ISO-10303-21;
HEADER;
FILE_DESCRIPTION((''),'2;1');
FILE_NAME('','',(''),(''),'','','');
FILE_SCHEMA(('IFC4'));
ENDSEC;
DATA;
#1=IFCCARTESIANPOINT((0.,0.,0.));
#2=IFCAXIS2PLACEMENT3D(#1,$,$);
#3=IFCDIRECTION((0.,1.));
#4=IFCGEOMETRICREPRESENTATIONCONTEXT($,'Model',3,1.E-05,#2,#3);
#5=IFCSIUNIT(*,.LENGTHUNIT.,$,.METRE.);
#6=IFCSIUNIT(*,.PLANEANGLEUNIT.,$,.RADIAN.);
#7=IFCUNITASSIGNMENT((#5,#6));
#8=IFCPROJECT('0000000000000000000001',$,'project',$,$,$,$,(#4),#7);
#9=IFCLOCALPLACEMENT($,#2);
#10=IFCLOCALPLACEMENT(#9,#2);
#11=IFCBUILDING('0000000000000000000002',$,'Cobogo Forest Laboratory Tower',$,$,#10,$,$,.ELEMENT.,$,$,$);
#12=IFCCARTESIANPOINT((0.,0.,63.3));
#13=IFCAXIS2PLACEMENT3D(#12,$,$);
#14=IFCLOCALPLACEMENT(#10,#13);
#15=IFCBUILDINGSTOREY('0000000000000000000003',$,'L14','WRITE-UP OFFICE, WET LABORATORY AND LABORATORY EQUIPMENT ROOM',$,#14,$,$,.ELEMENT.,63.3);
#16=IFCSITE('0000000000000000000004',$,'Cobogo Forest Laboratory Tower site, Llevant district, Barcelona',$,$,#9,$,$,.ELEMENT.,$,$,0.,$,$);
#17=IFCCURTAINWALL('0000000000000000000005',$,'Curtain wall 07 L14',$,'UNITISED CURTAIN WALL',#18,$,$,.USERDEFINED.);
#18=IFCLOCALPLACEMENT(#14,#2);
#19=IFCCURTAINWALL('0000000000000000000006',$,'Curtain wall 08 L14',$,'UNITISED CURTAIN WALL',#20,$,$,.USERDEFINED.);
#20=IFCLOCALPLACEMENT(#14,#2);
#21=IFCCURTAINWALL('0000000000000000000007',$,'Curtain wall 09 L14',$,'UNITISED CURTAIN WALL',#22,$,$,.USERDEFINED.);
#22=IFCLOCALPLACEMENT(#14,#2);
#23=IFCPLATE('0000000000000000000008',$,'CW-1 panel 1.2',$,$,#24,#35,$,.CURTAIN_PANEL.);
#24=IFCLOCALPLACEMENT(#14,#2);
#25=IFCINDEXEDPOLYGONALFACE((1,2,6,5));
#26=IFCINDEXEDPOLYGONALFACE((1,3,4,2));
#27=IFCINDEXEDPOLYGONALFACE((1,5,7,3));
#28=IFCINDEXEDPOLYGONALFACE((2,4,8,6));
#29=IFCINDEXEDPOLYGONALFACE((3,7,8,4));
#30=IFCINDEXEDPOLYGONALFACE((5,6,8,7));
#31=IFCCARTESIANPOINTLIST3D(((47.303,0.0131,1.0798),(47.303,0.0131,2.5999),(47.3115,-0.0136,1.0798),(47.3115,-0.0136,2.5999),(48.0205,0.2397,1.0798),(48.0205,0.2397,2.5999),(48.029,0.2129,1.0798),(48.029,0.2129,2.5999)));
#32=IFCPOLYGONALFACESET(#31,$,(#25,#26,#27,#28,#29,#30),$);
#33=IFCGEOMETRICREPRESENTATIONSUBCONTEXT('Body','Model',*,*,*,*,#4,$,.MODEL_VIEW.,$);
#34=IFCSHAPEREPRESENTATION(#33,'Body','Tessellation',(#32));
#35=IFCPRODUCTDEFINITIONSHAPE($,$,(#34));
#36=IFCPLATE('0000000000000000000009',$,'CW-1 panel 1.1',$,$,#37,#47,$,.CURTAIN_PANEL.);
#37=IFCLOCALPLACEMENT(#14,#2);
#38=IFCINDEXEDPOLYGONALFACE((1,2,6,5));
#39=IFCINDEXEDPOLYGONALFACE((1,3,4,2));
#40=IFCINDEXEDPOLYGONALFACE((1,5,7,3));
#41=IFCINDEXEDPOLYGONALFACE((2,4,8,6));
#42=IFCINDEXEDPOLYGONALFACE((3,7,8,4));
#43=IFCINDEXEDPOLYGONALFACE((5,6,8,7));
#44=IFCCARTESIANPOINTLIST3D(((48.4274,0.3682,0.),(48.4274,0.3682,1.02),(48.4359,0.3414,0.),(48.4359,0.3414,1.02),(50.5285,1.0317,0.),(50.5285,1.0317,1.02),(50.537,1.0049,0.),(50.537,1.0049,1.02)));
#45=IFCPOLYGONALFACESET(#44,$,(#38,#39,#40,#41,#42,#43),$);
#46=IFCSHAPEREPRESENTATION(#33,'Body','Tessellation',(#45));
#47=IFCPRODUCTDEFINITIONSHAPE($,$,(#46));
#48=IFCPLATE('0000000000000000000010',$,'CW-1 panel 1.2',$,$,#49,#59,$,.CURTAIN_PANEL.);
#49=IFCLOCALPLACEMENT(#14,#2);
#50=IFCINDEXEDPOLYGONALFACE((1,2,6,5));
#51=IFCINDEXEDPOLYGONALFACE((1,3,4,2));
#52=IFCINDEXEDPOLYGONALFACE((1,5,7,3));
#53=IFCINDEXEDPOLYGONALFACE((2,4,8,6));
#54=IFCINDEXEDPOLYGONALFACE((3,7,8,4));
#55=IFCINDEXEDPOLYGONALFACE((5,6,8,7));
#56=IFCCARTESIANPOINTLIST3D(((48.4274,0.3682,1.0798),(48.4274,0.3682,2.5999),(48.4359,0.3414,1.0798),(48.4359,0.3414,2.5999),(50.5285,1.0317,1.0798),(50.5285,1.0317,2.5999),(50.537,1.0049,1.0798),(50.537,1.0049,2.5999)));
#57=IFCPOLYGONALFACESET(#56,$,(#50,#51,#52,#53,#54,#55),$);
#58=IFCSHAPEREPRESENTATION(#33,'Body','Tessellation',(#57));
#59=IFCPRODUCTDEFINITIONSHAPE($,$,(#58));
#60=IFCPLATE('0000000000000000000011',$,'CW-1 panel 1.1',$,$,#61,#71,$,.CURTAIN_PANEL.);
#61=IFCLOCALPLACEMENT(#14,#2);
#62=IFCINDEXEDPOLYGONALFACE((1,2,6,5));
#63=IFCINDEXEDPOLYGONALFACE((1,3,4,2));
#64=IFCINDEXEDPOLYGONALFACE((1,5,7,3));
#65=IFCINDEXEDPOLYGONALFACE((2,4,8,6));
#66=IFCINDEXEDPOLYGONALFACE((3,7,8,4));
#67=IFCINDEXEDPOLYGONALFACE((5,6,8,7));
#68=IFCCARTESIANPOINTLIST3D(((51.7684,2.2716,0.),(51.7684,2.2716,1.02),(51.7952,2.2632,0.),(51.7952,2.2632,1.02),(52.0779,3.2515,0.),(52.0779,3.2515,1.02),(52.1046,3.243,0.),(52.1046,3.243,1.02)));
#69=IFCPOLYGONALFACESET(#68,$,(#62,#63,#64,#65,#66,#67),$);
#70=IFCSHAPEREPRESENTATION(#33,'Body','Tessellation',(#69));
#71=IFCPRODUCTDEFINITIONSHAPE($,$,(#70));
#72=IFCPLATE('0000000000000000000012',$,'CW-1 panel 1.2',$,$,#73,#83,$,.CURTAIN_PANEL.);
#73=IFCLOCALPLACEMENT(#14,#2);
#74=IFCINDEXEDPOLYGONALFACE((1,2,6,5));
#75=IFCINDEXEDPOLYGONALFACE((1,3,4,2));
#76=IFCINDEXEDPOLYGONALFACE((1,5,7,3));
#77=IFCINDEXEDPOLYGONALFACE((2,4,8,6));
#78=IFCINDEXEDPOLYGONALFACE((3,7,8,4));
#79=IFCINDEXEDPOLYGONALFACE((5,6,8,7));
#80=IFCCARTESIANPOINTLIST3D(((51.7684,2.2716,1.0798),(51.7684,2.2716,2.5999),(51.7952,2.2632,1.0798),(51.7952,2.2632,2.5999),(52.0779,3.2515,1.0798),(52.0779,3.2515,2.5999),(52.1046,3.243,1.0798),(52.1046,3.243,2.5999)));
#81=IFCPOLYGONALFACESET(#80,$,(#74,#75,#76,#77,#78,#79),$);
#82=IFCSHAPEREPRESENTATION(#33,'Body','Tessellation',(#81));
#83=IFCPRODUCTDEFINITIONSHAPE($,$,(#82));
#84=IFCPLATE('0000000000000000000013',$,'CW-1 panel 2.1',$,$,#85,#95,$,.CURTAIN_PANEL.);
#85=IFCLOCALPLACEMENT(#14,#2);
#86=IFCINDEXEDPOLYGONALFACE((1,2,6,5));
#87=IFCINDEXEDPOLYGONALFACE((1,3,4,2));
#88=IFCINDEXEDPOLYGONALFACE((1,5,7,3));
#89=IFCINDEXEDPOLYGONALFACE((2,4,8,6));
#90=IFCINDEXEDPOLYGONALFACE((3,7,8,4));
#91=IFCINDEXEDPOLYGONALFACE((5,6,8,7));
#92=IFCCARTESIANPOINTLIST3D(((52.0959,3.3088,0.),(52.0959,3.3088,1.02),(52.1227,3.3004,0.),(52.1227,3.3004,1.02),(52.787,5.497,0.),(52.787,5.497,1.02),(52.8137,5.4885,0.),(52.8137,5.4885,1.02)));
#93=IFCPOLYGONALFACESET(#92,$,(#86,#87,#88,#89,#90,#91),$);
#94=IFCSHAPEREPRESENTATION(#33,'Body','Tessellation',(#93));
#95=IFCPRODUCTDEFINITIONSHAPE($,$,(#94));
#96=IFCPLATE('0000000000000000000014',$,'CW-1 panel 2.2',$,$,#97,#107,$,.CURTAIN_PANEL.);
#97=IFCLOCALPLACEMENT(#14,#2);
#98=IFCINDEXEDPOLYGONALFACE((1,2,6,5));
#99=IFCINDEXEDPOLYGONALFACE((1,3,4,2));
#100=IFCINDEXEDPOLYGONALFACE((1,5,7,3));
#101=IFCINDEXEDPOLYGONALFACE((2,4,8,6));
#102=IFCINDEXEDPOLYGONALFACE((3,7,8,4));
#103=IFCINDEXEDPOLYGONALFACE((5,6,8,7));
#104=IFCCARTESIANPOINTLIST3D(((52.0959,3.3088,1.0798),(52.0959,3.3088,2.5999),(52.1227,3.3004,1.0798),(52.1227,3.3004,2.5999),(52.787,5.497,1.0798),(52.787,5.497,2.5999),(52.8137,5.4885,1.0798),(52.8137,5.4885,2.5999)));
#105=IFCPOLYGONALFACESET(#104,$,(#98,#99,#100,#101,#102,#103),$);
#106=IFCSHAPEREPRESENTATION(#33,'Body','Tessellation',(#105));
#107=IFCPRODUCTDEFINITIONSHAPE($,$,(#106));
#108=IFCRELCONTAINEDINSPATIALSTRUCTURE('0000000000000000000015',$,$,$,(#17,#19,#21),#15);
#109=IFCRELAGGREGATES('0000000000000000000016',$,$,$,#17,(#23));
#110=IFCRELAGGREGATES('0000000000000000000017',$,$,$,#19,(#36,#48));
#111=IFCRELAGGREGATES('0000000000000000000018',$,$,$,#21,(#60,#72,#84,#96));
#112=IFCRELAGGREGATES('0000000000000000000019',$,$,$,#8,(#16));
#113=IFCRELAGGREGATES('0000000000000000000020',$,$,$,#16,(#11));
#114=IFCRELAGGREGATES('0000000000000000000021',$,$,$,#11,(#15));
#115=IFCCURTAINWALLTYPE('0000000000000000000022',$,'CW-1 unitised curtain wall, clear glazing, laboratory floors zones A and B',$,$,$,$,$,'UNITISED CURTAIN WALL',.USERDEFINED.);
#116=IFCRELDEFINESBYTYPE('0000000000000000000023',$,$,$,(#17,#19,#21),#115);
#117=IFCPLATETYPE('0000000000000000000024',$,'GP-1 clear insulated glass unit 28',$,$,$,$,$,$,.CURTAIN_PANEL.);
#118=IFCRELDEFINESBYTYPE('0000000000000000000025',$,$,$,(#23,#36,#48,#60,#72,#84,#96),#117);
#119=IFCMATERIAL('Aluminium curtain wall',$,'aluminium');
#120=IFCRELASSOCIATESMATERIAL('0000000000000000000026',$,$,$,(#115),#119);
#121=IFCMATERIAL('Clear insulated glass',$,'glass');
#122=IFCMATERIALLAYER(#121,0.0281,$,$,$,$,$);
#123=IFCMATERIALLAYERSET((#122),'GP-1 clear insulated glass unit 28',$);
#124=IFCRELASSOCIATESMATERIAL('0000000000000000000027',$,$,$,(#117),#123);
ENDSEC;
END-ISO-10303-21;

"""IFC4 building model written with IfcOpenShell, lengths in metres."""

from ifc_helpers import new_model, si_unit, direction, frame, origin, origin_2d, place, context, subcontext, project, spatial, rectangle, extrude, material, layer, layer_set, type_object, element, aggregate, save


model = new_model("IFC4")

# Units and contexts
model_context = context("Model", 3, precision=1e-05, world=origin(), true_north=direction((0.0, 1.0)))
body_context = subcontext(model_context, "Body", "Model", "MODEL_VIEW")
ifc_project = project(units=[si_unit("LENGTHUNIT", "METRE"), si_unit("PLANEANGLEUNIT", "RADIAN")], contexts=[model_context])

# Site, building, storey
site_placement = place(None, origin())
site = spatial("IfcSite", under=ifc_project, at=site_placement, Name="Cobogo Forest Laboratory Tower site, Llevant district, Barcelona", CompositionType="ELEMENT", RefElevation=0.0)
building_placement = place(site_placement, origin())
building = spatial("IfcBuilding", under=site, at=building_placement, Name="Cobogo Forest Laboratory Tower", CompositionType="ELEMENT")
storey_placement = place(building_placement, frame((0.0, 0.0, 63.3)))
storey = spatial("IfcBuildingStorey", under=building, at=storey_placement, Name="L14", Description="WRITE-UP OFFICE, WET LABORATORY AND LABORATORY EQUIPMENT ROOM", CompositionType="ELEMENT", Elevation=63.3)

# Shared definitions
ifc_material_1 = material(Name="Aluminium curtain wall", Category="aluminium")
curtain_wall_type = type_object("IfcCurtainWallType", Name="CW-1 unitised curtain wall, clear glazing, laboratory floors zones A and B", ElementType="UNITISED CURTAIN WALL", PredefinedType="USERDEFINED", material=ifc_material_1)

# Curtain walls
curtain_wall_1_placement = place(storey_placement, origin())
curtain_wall_1 = element("IfcCurtainWall", 1, at=curtain_wall_1_placement, inside=storey, type_object=curtain_wall_type, Name="Curtain wall 07 L14", ObjectType="UNITISED CURTAIN WALL", PredefinedType="USERDEFINED")
curtain_wall_2_placement = place(storey_placement, origin())
curtain_wall_2 = element("IfcCurtainWall", 2, at=curtain_wall_2_placement, inside=storey, type_object=curtain_wall_type, Name="Curtain wall 08 L14", ObjectType="UNITISED CURTAIN WALL", PredefinedType="USERDEFINED")
curtain_wall_3_placement = place(storey_placement, origin())
curtain_wall_3 = element("IfcCurtainWall", 3, at=curtain_wall_3_placement, inside=storey, type_object=curtain_wall_type, Name="Curtain wall 09 L14", ObjectType="UNITISED CURTAIN WALL", PredefinedType="USERDEFINED")

# Plates
ifc_material_2 = material(Name="Clear insulated glass", Category="glass")
ifc_layer = layer(ifc_material_2, 0.0281)
ifc_layer_set = layer_set([ifc_layer], Name="GP-1 clear insulated glass unit 28")
plate_type = type_object("IfcPlateType", Name="GP-1 clear insulated glass unit 28", PredefinedType="CURTAIN_PANEL", material=ifc_layer_set)
plate_1_placement = place(storey_placement, frame((47.666, 0.113, 1.0798), z_axis=(0.0, 0.0, 1.0), x_axis=(0.953582, 0.301135, 0.0)))
plate_1 = element("IfcPlate", 4, at=plate_1_placement, type_object=plate_type, Name="CW-1 panel 1.2", PredefinedType="CURTAIN_PANEL", context=body_context, shape_type="SweptSolid", body=[
    extrude(rectangle(XDim=0.7524, YDim=0.0281, at=origin_2d()), origin(), (0.0, 0.0, 1.0), 1.52),
])
aggregate(curtain_wall_1, [plate_1])
plate_2_placement = place(storey_placement, frame((49.4822, 0.6865, 0.0), z_axis=(0.0, 0.0, 1.0), x_axis=(0.953581, 0.301135, 0.0)))
plate_2 = element("IfcPlate", 5, at=plate_2_placement, type_object=plate_type, Name="CW-1 panel 1.1", PredefinedType="CURTAIN_PANEL", context=body_context, shape_type="SweptSolid", body=[
    extrude(rectangle(XDim=2.2034, YDim=0.0281, at=origin_2d()), origin(), (0.0, 0.0, 1.0), 1.02),
])
plate_3_placement = place(storey_placement, frame((49.4822, 0.6865, 1.0798), z_axis=(0.0, 0.0, 1.0), x_axis=(0.953581, 0.301135, 0.0)))
plate_3 = element("IfcPlate", 6, at=plate_3_placement, type_object=plate_type, Name="CW-1 panel 1.2", PredefinedType="CURTAIN_PANEL", context=body_context, shape_type="SweptSolid", body=[
    extrude(rectangle(XDim=2.2034, YDim=0.0281, at=origin_2d()), origin(), (0.0, 0.0, 1.0), 1.52),
])
aggregate(curtain_wall_2, [plate_2, plate_3])
plate_4_placement = place(storey_placement, frame((51.9365, 2.7573, 0.0), z_axis=(0.0, 0.0, 1.0), x_axis=(0.301135, 0.953581, 0.0)))
plate_4 = element("IfcPlate", 7, at=plate_4_placement, type_object=plate_type, Name="CW-1 panel 1.1", PredefinedType="CURTAIN_PANEL", context=body_context, shape_type="SweptSolid", body=[
    extrude(rectangle(XDim=1.0276, YDim=0.0281, at=origin_2d()), origin(), (0.0, 0.0, 1.0), 1.02),
])
plate_5_placement = place(storey_placement, frame((51.9365, 2.7573, 1.0798), z_axis=(0.0, 0.0, 1.0), x_axis=(0.301135, 0.953581, 0.0)))
plate_5 = element("IfcPlate", 8, at=plate_5_placement, type_object=plate_type, Name="CW-1 panel 1.2", PredefinedType="CURTAIN_PANEL", context=body_context, shape_type="SweptSolid", body=[
    extrude(rectangle(XDim=1.0276, YDim=0.0281, at=origin_2d()), origin(), (0.0, 0.0, 1.0), 1.52),
])
plate_6_placement = place(storey_placement, frame((52.4548, 4.3987, 0.0), z_axis=(0.0, 0.0, 1.0), x_axis=(0.301135, 0.953581, 0.0)))
plate_6 = element("IfcPlate", 9, at=plate_6_placement, type_object=plate_type, Name="CW-1 panel 2.1", PredefinedType="CURTAIN_PANEL", context=body_context, shape_type="SweptSolid", body=[
    extrude(rectangle(XDim=2.2947, YDim=0.0281, at=origin_2d()), origin(), (0.0, 0.0, 1.0), 1.02),
])
plate_7_placement = place(storey_placement, frame((52.4548, 4.3987, 1.0798), z_axis=(0.0, 0.0, 1.0), x_axis=(0.301135, 0.953581, 0.0)))
plate_7 = element("IfcPlate", 10, at=plate_7_placement, type_object=plate_type, Name="CW-1 panel 2.2", PredefinedType="CURTAIN_PANEL", context=body_context, shape_type="SweptSolid", body=[
    extrude(rectangle(XDim=2.2947, YDim=0.0281, at=origin_2d()), origin(), (0.0, 0.0, 1.0), 1.52),
])
aggregate(curtain_wall_3, [plate_4, plate_5, plate_6, plate_7])

save(model, "model.ifc")
